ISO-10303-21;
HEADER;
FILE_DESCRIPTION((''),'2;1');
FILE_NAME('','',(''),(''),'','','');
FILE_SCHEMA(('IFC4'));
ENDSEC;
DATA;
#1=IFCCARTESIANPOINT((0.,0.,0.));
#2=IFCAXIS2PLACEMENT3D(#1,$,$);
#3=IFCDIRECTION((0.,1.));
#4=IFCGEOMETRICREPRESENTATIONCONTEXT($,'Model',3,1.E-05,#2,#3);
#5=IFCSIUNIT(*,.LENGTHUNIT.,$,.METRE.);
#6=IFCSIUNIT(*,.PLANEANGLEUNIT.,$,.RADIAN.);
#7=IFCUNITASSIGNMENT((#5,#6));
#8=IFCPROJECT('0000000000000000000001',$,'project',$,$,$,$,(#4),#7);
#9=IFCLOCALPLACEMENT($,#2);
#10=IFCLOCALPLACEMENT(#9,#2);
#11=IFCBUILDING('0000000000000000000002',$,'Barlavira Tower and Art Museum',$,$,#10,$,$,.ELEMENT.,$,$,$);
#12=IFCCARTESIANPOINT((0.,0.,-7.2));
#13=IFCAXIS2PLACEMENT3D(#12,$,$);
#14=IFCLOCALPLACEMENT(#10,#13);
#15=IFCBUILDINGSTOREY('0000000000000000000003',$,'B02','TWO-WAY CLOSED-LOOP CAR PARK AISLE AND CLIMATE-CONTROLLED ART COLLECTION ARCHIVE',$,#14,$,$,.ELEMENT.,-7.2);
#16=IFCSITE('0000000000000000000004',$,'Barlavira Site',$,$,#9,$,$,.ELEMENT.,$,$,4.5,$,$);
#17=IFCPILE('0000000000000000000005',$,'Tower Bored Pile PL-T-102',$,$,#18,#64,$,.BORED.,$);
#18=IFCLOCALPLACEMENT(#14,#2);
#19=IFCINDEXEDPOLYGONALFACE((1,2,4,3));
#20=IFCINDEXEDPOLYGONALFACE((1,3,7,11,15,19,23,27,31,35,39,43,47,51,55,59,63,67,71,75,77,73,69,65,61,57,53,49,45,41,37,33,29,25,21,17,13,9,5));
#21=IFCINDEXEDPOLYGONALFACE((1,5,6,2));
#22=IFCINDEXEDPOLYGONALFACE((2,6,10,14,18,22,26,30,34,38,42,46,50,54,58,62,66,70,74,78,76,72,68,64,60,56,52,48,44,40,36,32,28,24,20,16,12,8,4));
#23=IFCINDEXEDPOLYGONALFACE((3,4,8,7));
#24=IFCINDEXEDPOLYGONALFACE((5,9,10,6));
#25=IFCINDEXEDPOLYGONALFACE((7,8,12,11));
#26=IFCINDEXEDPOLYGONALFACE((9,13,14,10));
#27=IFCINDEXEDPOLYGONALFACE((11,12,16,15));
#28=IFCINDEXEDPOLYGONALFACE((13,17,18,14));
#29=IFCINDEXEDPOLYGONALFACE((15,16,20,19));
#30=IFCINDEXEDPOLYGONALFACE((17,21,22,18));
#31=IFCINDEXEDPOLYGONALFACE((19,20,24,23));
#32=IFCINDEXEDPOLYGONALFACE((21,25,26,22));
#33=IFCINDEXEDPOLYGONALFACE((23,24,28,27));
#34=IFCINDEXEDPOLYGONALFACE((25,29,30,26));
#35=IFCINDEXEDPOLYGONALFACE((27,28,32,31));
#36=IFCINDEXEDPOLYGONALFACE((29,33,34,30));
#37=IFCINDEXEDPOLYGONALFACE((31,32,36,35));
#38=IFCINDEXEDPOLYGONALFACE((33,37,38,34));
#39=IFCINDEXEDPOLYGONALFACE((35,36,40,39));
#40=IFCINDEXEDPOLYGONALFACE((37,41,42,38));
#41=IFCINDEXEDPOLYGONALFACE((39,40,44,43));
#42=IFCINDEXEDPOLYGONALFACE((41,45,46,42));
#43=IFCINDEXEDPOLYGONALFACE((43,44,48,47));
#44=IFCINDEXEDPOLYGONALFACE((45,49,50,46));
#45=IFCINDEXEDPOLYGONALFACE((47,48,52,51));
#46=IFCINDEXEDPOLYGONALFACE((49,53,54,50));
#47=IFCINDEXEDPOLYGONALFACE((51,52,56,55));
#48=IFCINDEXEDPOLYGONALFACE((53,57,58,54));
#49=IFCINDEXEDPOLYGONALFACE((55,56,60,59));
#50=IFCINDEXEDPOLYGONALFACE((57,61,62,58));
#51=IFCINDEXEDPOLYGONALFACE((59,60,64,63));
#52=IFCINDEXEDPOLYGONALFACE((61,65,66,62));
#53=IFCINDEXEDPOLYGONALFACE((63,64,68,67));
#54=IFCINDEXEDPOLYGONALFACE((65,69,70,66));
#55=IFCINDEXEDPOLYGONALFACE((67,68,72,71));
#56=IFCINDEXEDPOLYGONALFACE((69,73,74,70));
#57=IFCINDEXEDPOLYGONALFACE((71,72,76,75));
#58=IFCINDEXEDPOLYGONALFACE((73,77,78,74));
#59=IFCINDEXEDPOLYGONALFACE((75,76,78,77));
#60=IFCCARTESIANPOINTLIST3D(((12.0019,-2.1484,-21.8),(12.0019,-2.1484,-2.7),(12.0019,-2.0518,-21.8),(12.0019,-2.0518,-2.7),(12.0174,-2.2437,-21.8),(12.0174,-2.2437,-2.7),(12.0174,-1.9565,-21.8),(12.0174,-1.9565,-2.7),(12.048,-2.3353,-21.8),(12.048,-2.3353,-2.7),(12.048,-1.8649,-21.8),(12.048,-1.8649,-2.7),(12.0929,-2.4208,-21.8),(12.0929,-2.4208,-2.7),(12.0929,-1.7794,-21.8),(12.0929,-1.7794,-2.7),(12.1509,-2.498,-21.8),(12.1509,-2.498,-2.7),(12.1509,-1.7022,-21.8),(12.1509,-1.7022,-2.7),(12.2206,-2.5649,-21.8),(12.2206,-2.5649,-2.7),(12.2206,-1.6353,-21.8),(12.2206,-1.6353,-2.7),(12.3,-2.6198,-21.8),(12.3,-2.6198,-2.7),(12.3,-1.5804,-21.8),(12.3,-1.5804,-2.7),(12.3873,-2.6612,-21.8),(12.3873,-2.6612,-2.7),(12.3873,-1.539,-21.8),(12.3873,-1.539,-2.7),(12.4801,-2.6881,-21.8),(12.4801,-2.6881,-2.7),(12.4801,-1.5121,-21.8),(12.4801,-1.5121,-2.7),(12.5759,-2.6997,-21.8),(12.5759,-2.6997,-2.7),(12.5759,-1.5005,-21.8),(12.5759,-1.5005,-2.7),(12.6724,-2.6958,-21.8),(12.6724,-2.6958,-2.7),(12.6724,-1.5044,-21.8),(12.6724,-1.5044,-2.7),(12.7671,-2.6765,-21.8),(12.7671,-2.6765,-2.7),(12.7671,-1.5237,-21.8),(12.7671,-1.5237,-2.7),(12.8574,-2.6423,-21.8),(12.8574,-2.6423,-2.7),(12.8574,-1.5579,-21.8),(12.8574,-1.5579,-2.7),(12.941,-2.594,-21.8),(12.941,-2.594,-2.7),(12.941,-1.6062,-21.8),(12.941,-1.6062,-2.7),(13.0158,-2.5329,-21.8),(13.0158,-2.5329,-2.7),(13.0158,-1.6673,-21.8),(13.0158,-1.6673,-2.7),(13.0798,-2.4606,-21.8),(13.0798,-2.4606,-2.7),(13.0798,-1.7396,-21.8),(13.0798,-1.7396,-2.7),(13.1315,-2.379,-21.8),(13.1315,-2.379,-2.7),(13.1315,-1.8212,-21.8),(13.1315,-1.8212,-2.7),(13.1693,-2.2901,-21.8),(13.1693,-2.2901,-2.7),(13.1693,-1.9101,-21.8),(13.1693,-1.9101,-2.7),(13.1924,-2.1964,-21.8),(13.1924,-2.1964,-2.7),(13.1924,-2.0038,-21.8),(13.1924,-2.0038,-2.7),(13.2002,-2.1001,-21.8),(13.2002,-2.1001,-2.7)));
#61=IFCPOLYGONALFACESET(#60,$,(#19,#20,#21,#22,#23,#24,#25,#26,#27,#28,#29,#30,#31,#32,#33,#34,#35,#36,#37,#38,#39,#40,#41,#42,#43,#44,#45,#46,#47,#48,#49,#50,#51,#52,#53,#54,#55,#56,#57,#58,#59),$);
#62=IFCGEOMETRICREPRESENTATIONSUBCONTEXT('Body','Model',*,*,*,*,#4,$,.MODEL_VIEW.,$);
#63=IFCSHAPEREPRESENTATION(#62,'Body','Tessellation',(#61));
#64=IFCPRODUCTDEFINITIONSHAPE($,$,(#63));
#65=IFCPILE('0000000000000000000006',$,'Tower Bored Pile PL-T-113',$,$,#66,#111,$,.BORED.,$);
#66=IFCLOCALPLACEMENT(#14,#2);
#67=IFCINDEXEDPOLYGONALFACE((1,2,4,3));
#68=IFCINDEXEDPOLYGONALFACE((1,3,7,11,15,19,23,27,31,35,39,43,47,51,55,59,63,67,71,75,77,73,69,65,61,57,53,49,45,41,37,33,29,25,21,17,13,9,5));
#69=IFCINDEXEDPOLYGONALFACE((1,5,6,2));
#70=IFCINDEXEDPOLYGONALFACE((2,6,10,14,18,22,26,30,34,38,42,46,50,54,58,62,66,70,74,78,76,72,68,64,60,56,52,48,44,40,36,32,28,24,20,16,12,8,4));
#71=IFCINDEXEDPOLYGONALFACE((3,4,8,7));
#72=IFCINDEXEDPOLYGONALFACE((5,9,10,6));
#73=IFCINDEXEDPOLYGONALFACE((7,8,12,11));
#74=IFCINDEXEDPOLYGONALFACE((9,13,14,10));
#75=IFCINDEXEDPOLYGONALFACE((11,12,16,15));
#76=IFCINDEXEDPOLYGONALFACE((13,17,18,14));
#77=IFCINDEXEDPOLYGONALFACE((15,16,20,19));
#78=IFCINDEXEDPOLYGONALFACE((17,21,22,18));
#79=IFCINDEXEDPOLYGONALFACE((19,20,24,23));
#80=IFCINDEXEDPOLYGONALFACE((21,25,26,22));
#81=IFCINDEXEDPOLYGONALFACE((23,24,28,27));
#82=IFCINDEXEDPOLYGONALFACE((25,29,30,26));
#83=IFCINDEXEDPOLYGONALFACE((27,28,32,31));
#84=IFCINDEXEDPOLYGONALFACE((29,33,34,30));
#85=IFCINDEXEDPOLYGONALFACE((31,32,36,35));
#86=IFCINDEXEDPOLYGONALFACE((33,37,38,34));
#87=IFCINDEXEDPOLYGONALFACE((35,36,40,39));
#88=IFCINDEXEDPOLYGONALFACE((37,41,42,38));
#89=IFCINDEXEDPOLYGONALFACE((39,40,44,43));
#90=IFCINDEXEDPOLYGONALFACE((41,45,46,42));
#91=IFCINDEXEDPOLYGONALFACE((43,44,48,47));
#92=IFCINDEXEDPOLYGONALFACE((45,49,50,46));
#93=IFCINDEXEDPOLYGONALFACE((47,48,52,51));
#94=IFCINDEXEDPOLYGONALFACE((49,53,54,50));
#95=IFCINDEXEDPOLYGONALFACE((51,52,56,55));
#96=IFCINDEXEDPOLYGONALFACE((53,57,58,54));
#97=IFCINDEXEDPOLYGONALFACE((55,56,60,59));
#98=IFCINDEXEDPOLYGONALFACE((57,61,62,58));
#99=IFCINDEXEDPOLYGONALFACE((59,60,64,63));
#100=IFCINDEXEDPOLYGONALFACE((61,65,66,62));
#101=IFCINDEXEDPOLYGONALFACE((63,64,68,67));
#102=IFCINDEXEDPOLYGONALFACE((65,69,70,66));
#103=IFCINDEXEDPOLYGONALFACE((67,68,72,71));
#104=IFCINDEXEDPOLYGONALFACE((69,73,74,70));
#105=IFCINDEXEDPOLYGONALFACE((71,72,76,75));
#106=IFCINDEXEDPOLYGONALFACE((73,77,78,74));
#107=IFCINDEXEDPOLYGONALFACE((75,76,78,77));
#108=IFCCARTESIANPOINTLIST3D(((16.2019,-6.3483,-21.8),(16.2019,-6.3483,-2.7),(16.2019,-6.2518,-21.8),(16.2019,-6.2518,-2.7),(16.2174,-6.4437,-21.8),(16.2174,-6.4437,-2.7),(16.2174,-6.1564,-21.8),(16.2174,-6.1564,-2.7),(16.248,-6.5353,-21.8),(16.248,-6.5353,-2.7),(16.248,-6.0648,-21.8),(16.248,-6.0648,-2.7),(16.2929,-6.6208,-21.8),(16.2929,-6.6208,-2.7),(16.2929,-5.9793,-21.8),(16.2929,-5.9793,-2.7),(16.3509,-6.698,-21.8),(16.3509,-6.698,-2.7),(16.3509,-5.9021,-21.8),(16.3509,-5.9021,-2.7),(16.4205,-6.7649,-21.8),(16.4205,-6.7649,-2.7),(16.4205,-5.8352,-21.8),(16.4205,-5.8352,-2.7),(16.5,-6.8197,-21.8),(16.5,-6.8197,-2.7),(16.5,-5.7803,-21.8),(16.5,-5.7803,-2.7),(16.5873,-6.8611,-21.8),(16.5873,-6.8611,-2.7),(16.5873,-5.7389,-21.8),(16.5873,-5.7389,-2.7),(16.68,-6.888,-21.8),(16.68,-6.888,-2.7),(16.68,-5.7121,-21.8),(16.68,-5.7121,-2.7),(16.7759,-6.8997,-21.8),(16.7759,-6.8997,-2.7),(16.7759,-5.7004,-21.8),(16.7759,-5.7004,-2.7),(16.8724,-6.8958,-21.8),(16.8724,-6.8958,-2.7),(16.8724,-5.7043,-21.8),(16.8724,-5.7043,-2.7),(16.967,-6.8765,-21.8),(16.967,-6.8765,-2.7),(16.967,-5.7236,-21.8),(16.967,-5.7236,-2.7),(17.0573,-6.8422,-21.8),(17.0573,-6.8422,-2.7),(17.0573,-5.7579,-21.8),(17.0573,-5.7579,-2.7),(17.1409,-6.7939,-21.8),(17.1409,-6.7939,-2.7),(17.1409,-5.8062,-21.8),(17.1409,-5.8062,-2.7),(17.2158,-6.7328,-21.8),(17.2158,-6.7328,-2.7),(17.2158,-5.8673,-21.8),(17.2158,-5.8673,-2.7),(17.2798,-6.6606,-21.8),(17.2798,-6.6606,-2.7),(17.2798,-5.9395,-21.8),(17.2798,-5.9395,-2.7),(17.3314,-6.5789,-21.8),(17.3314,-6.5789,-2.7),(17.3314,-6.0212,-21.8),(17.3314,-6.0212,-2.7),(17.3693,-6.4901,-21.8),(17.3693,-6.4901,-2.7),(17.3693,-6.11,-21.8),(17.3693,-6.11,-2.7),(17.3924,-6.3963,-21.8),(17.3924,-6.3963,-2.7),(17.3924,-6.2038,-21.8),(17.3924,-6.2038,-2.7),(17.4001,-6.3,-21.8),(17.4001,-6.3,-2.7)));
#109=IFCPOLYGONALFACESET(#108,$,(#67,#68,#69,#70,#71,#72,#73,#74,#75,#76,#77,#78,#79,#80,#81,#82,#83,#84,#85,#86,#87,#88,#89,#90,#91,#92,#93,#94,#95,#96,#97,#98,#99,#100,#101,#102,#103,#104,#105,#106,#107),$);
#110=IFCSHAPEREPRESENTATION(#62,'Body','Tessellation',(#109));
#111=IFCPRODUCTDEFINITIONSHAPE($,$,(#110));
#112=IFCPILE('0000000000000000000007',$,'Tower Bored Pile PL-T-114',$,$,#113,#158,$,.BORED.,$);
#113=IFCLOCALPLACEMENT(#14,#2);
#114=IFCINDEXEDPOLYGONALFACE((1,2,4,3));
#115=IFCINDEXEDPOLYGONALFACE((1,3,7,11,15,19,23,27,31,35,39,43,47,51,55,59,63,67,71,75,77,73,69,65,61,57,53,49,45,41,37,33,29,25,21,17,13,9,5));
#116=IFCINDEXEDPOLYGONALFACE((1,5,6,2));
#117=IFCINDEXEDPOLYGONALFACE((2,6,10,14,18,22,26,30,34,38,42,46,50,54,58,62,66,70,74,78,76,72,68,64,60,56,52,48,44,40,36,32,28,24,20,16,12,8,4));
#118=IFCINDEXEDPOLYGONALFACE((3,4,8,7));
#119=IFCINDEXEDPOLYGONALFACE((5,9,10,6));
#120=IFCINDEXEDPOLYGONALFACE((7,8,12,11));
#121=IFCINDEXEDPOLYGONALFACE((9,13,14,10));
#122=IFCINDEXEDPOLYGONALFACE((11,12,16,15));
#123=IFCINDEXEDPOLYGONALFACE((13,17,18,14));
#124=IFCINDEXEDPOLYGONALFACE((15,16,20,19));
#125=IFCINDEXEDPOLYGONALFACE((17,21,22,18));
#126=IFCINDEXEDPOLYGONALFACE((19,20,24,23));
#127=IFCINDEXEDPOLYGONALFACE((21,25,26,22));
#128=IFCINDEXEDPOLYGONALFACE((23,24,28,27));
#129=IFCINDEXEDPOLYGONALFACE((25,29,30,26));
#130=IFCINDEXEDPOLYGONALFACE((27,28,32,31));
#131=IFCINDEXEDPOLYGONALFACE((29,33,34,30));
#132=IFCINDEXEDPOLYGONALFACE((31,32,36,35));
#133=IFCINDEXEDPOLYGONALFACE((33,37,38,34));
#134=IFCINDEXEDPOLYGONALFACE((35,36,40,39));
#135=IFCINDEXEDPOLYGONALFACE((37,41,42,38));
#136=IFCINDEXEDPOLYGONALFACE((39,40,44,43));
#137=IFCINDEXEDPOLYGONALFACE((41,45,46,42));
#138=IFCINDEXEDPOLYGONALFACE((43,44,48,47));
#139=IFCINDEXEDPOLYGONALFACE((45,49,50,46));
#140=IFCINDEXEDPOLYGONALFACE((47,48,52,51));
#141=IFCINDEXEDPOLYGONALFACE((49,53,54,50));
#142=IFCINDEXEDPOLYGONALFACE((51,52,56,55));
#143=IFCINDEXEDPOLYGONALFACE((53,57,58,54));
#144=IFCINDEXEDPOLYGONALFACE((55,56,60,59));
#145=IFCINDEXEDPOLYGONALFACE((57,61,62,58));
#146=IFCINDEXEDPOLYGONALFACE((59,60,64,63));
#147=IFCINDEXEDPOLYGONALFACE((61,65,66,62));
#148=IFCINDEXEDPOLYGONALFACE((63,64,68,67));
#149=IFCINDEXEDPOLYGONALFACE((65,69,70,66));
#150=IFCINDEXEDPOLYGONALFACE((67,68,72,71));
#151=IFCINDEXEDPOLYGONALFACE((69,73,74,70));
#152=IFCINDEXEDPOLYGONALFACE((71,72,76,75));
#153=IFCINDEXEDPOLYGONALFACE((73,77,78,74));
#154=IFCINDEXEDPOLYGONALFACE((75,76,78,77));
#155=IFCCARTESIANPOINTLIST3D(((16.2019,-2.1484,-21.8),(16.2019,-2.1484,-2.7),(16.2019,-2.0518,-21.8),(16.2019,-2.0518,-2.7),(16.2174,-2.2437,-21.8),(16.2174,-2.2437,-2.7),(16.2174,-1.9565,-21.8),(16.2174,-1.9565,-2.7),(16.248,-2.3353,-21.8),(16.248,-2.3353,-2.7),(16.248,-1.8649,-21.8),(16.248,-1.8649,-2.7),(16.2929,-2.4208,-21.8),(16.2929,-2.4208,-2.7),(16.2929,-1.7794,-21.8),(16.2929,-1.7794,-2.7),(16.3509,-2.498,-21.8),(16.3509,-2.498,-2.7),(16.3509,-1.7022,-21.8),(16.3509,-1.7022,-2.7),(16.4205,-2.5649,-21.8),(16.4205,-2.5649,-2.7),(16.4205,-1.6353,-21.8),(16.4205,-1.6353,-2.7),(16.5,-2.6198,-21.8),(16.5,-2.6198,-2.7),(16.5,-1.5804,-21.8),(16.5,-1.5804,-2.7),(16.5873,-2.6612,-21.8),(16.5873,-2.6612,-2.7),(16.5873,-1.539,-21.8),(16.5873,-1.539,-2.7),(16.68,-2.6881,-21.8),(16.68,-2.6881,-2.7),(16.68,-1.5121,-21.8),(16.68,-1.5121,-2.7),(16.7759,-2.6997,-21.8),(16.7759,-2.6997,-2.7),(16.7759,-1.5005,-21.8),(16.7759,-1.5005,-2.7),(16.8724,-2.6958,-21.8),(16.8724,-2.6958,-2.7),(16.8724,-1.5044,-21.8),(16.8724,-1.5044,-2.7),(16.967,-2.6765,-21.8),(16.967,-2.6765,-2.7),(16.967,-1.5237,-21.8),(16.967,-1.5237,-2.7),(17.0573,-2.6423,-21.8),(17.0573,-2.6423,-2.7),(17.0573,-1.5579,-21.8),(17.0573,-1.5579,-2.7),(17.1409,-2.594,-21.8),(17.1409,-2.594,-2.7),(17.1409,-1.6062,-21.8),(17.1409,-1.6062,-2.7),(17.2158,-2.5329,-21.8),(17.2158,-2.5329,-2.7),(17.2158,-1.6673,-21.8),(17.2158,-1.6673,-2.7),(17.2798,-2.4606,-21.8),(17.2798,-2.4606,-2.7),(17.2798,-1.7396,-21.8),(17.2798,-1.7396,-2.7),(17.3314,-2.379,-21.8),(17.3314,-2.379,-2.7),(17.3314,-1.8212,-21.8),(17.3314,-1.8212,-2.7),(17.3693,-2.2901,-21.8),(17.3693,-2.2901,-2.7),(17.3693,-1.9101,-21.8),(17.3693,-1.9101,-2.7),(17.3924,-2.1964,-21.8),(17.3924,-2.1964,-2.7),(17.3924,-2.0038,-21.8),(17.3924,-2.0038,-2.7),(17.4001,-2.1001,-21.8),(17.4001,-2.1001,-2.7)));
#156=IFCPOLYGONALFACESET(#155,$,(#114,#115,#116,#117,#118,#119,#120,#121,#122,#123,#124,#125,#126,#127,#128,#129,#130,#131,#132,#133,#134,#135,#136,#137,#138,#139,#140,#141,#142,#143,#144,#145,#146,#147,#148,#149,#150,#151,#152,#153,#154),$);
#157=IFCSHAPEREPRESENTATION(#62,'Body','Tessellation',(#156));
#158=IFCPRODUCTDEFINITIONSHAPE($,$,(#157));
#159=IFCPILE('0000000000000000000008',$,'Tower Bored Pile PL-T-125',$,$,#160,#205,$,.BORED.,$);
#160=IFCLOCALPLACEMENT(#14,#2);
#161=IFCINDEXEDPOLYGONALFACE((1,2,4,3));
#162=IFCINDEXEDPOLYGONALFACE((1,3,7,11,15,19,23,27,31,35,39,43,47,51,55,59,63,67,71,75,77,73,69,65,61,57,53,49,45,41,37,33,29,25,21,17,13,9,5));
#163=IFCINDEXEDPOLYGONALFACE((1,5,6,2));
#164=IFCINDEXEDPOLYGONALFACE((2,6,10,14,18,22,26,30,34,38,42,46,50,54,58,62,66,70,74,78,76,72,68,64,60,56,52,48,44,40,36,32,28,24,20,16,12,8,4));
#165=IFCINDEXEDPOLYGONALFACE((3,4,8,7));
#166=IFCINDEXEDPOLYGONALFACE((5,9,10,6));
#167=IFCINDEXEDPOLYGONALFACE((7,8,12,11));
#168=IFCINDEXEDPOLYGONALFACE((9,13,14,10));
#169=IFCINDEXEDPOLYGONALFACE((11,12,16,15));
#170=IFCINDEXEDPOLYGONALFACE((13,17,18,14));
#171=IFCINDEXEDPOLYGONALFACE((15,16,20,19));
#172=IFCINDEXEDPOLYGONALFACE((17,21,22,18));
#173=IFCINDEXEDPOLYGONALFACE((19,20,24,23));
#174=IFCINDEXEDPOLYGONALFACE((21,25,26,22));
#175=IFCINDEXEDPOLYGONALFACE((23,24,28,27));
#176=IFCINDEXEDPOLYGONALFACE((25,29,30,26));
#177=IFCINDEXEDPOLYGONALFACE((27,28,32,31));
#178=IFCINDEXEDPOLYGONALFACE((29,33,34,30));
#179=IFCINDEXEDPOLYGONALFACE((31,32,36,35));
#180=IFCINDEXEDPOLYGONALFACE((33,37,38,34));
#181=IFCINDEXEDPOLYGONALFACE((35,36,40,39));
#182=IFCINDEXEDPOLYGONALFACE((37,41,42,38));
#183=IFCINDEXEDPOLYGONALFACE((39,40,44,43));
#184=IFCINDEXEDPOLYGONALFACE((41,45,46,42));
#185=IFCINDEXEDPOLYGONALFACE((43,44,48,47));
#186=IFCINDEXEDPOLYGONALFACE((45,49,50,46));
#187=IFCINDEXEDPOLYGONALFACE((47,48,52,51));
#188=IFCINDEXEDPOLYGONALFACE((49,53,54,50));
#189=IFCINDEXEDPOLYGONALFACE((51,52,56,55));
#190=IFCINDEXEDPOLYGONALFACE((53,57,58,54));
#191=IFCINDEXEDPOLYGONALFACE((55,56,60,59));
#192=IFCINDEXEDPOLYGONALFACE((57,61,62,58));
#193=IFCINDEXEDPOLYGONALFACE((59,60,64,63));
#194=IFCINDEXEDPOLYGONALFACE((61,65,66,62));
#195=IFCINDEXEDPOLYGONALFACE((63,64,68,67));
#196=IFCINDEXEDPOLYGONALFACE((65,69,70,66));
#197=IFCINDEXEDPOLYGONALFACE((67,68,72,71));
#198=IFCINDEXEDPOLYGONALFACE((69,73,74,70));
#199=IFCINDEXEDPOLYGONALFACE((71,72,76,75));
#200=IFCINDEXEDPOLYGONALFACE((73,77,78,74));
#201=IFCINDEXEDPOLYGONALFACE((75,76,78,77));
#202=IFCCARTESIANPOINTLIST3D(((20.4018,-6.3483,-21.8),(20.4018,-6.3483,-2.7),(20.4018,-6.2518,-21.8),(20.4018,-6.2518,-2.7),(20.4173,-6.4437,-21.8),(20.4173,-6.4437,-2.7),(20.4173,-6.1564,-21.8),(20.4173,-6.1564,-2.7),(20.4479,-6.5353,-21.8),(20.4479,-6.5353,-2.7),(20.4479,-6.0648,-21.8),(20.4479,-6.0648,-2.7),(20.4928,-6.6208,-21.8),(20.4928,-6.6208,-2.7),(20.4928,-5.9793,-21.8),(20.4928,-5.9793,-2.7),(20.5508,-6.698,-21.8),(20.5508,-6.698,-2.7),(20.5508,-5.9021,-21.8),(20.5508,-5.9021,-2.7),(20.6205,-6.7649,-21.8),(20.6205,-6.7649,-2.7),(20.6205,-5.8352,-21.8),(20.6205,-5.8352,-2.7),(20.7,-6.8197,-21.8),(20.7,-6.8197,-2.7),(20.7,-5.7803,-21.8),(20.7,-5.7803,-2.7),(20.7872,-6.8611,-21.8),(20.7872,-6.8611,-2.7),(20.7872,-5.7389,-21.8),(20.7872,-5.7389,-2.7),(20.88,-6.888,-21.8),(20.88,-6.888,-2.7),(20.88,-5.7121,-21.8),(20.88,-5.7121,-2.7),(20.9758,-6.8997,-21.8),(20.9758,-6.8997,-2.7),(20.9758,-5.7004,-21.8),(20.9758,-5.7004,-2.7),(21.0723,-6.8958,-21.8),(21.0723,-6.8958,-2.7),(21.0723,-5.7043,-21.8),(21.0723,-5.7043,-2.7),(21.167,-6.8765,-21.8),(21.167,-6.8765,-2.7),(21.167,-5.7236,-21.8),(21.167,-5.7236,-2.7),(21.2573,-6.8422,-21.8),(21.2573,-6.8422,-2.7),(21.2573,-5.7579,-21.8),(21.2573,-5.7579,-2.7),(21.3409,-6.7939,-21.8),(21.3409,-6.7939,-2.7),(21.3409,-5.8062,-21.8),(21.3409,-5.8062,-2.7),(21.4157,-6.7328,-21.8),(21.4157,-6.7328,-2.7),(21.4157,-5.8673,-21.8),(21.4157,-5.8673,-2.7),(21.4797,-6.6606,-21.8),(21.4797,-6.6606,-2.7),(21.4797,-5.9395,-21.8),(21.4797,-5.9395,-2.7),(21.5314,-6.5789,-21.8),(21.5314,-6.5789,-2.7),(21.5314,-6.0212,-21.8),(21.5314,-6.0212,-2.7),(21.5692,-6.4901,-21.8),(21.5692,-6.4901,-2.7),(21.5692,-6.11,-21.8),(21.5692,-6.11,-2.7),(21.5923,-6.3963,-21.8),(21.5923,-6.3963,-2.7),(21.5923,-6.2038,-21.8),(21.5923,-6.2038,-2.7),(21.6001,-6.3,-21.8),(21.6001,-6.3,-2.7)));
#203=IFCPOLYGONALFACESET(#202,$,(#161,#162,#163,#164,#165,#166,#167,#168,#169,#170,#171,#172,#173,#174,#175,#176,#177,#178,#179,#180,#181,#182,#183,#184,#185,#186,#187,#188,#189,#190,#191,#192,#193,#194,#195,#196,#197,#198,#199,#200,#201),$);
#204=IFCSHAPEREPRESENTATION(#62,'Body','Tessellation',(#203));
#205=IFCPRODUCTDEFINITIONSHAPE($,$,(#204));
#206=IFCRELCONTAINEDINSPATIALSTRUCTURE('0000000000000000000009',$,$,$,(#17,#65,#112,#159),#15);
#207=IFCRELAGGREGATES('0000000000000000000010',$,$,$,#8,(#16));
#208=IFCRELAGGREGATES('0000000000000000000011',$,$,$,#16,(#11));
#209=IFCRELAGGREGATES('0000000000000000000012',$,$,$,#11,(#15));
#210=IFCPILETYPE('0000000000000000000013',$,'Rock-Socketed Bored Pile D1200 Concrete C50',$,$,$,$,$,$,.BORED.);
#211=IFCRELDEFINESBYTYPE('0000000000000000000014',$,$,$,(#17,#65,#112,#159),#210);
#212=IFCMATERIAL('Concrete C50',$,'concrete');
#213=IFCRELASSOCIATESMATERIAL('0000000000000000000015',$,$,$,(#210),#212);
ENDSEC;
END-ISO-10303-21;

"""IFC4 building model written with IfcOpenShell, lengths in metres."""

from ifc_helpers import new_model, si_unit, direction, frame, origin, origin_2d, place, context, subcontext, project, spatial, circle, extrude, material, material_profile, profile_set, type_object, element, save


model = new_model("IFC4")

# Units and contexts
model_context = context("Model", 3, precision=1e-05, world=origin(), true_north=direction((0.0, 1.0)))
body_context = subcontext(model_context, "Body", "Model", "MODEL_VIEW")
ifc_project = project(units=[si_unit("LENGTHUNIT", "METRE"), si_unit("PLANEANGLEUNIT", "RADIAN")], contexts=[model_context])

# Site, building, storey
site_placement = place(None, origin())
site = spatial("IfcSite", under=ifc_project, at=site_placement, Name="Barlavira Site", CompositionType="ELEMENT", RefElevation=4.5)
building_placement = place(site_placement, origin())
building = spatial("IfcBuilding", under=site, at=building_placement, Name="Barlavira Tower and Art Museum", CompositionType="ELEMENT")
storey_placement = place(building_placement, frame((0.0, 0.0, -7.2)))
storey = spatial("IfcBuildingStorey", under=building, at=storey_placement, Name="B02", Description="TWO-WAY CLOSED-LOOP CAR PARK AISLE AND CLIMATE-CONTROLLED ART COLLECTION ARCHIVE", CompositionType="ELEMENT", Elevation=-7.2)

# Piles
ifc_material_1 = material(Name="Concrete C50", Category="concrete")
ifc_material_profile_1 = material_profile(ifc_material_1, circle(Radius=0.6001, at=origin_2d()), Name="BORED PILE D1200")
ifc_profile_set_1 = profile_set([ifc_material_profile_1], Name="Concrete C50")
pile_type = type_object("IfcPileType", Name="Rock-Socketed Bored Pile D1200 Concrete C50", PredefinedType="BORED", material=ifc_profile_set_1)
for number, where, z_axis, x_axis, name in (
    (1, (12.6001, -2.1001, -2.7), (0.0, 0.0, -1.0), (1.0, 0.0, 0.0), "Tower Bored Pile PL-T-102"),
    (2, (16.8, -6.3, -2.7), (0.0, 0.0, -1.0), (1.0, 0.0, 0.0), "Tower Bored Pile PL-T-113"),
    (3, (16.8, -2.1001, -2.7), (0.0, 0.0, -1.0), (1.0, 0.0, 0.0), "Tower Bored Pile PL-T-114"),
    (4, (21.0, -6.3, -2.7), (0.0, 0.0, -1.0), (1.0, 0.0, 0.0), "Tower Bored Pile PL-T-125"),
):
    element("IfcPile", number, at=place(storey_placement, frame(where, z_axis=z_axis, x_axis=x_axis)), inside=storey, type_object=pile_type, Name=name, PredefinedType="BORED", context=body_context, shape_type="SweptSolid", body=[
        extrude(circle(Radius=0.6001, at=origin_2d()), origin(), (0.0, 0.0, 1.0), 19.1001),
    ])

save(model, "model.ifc")
